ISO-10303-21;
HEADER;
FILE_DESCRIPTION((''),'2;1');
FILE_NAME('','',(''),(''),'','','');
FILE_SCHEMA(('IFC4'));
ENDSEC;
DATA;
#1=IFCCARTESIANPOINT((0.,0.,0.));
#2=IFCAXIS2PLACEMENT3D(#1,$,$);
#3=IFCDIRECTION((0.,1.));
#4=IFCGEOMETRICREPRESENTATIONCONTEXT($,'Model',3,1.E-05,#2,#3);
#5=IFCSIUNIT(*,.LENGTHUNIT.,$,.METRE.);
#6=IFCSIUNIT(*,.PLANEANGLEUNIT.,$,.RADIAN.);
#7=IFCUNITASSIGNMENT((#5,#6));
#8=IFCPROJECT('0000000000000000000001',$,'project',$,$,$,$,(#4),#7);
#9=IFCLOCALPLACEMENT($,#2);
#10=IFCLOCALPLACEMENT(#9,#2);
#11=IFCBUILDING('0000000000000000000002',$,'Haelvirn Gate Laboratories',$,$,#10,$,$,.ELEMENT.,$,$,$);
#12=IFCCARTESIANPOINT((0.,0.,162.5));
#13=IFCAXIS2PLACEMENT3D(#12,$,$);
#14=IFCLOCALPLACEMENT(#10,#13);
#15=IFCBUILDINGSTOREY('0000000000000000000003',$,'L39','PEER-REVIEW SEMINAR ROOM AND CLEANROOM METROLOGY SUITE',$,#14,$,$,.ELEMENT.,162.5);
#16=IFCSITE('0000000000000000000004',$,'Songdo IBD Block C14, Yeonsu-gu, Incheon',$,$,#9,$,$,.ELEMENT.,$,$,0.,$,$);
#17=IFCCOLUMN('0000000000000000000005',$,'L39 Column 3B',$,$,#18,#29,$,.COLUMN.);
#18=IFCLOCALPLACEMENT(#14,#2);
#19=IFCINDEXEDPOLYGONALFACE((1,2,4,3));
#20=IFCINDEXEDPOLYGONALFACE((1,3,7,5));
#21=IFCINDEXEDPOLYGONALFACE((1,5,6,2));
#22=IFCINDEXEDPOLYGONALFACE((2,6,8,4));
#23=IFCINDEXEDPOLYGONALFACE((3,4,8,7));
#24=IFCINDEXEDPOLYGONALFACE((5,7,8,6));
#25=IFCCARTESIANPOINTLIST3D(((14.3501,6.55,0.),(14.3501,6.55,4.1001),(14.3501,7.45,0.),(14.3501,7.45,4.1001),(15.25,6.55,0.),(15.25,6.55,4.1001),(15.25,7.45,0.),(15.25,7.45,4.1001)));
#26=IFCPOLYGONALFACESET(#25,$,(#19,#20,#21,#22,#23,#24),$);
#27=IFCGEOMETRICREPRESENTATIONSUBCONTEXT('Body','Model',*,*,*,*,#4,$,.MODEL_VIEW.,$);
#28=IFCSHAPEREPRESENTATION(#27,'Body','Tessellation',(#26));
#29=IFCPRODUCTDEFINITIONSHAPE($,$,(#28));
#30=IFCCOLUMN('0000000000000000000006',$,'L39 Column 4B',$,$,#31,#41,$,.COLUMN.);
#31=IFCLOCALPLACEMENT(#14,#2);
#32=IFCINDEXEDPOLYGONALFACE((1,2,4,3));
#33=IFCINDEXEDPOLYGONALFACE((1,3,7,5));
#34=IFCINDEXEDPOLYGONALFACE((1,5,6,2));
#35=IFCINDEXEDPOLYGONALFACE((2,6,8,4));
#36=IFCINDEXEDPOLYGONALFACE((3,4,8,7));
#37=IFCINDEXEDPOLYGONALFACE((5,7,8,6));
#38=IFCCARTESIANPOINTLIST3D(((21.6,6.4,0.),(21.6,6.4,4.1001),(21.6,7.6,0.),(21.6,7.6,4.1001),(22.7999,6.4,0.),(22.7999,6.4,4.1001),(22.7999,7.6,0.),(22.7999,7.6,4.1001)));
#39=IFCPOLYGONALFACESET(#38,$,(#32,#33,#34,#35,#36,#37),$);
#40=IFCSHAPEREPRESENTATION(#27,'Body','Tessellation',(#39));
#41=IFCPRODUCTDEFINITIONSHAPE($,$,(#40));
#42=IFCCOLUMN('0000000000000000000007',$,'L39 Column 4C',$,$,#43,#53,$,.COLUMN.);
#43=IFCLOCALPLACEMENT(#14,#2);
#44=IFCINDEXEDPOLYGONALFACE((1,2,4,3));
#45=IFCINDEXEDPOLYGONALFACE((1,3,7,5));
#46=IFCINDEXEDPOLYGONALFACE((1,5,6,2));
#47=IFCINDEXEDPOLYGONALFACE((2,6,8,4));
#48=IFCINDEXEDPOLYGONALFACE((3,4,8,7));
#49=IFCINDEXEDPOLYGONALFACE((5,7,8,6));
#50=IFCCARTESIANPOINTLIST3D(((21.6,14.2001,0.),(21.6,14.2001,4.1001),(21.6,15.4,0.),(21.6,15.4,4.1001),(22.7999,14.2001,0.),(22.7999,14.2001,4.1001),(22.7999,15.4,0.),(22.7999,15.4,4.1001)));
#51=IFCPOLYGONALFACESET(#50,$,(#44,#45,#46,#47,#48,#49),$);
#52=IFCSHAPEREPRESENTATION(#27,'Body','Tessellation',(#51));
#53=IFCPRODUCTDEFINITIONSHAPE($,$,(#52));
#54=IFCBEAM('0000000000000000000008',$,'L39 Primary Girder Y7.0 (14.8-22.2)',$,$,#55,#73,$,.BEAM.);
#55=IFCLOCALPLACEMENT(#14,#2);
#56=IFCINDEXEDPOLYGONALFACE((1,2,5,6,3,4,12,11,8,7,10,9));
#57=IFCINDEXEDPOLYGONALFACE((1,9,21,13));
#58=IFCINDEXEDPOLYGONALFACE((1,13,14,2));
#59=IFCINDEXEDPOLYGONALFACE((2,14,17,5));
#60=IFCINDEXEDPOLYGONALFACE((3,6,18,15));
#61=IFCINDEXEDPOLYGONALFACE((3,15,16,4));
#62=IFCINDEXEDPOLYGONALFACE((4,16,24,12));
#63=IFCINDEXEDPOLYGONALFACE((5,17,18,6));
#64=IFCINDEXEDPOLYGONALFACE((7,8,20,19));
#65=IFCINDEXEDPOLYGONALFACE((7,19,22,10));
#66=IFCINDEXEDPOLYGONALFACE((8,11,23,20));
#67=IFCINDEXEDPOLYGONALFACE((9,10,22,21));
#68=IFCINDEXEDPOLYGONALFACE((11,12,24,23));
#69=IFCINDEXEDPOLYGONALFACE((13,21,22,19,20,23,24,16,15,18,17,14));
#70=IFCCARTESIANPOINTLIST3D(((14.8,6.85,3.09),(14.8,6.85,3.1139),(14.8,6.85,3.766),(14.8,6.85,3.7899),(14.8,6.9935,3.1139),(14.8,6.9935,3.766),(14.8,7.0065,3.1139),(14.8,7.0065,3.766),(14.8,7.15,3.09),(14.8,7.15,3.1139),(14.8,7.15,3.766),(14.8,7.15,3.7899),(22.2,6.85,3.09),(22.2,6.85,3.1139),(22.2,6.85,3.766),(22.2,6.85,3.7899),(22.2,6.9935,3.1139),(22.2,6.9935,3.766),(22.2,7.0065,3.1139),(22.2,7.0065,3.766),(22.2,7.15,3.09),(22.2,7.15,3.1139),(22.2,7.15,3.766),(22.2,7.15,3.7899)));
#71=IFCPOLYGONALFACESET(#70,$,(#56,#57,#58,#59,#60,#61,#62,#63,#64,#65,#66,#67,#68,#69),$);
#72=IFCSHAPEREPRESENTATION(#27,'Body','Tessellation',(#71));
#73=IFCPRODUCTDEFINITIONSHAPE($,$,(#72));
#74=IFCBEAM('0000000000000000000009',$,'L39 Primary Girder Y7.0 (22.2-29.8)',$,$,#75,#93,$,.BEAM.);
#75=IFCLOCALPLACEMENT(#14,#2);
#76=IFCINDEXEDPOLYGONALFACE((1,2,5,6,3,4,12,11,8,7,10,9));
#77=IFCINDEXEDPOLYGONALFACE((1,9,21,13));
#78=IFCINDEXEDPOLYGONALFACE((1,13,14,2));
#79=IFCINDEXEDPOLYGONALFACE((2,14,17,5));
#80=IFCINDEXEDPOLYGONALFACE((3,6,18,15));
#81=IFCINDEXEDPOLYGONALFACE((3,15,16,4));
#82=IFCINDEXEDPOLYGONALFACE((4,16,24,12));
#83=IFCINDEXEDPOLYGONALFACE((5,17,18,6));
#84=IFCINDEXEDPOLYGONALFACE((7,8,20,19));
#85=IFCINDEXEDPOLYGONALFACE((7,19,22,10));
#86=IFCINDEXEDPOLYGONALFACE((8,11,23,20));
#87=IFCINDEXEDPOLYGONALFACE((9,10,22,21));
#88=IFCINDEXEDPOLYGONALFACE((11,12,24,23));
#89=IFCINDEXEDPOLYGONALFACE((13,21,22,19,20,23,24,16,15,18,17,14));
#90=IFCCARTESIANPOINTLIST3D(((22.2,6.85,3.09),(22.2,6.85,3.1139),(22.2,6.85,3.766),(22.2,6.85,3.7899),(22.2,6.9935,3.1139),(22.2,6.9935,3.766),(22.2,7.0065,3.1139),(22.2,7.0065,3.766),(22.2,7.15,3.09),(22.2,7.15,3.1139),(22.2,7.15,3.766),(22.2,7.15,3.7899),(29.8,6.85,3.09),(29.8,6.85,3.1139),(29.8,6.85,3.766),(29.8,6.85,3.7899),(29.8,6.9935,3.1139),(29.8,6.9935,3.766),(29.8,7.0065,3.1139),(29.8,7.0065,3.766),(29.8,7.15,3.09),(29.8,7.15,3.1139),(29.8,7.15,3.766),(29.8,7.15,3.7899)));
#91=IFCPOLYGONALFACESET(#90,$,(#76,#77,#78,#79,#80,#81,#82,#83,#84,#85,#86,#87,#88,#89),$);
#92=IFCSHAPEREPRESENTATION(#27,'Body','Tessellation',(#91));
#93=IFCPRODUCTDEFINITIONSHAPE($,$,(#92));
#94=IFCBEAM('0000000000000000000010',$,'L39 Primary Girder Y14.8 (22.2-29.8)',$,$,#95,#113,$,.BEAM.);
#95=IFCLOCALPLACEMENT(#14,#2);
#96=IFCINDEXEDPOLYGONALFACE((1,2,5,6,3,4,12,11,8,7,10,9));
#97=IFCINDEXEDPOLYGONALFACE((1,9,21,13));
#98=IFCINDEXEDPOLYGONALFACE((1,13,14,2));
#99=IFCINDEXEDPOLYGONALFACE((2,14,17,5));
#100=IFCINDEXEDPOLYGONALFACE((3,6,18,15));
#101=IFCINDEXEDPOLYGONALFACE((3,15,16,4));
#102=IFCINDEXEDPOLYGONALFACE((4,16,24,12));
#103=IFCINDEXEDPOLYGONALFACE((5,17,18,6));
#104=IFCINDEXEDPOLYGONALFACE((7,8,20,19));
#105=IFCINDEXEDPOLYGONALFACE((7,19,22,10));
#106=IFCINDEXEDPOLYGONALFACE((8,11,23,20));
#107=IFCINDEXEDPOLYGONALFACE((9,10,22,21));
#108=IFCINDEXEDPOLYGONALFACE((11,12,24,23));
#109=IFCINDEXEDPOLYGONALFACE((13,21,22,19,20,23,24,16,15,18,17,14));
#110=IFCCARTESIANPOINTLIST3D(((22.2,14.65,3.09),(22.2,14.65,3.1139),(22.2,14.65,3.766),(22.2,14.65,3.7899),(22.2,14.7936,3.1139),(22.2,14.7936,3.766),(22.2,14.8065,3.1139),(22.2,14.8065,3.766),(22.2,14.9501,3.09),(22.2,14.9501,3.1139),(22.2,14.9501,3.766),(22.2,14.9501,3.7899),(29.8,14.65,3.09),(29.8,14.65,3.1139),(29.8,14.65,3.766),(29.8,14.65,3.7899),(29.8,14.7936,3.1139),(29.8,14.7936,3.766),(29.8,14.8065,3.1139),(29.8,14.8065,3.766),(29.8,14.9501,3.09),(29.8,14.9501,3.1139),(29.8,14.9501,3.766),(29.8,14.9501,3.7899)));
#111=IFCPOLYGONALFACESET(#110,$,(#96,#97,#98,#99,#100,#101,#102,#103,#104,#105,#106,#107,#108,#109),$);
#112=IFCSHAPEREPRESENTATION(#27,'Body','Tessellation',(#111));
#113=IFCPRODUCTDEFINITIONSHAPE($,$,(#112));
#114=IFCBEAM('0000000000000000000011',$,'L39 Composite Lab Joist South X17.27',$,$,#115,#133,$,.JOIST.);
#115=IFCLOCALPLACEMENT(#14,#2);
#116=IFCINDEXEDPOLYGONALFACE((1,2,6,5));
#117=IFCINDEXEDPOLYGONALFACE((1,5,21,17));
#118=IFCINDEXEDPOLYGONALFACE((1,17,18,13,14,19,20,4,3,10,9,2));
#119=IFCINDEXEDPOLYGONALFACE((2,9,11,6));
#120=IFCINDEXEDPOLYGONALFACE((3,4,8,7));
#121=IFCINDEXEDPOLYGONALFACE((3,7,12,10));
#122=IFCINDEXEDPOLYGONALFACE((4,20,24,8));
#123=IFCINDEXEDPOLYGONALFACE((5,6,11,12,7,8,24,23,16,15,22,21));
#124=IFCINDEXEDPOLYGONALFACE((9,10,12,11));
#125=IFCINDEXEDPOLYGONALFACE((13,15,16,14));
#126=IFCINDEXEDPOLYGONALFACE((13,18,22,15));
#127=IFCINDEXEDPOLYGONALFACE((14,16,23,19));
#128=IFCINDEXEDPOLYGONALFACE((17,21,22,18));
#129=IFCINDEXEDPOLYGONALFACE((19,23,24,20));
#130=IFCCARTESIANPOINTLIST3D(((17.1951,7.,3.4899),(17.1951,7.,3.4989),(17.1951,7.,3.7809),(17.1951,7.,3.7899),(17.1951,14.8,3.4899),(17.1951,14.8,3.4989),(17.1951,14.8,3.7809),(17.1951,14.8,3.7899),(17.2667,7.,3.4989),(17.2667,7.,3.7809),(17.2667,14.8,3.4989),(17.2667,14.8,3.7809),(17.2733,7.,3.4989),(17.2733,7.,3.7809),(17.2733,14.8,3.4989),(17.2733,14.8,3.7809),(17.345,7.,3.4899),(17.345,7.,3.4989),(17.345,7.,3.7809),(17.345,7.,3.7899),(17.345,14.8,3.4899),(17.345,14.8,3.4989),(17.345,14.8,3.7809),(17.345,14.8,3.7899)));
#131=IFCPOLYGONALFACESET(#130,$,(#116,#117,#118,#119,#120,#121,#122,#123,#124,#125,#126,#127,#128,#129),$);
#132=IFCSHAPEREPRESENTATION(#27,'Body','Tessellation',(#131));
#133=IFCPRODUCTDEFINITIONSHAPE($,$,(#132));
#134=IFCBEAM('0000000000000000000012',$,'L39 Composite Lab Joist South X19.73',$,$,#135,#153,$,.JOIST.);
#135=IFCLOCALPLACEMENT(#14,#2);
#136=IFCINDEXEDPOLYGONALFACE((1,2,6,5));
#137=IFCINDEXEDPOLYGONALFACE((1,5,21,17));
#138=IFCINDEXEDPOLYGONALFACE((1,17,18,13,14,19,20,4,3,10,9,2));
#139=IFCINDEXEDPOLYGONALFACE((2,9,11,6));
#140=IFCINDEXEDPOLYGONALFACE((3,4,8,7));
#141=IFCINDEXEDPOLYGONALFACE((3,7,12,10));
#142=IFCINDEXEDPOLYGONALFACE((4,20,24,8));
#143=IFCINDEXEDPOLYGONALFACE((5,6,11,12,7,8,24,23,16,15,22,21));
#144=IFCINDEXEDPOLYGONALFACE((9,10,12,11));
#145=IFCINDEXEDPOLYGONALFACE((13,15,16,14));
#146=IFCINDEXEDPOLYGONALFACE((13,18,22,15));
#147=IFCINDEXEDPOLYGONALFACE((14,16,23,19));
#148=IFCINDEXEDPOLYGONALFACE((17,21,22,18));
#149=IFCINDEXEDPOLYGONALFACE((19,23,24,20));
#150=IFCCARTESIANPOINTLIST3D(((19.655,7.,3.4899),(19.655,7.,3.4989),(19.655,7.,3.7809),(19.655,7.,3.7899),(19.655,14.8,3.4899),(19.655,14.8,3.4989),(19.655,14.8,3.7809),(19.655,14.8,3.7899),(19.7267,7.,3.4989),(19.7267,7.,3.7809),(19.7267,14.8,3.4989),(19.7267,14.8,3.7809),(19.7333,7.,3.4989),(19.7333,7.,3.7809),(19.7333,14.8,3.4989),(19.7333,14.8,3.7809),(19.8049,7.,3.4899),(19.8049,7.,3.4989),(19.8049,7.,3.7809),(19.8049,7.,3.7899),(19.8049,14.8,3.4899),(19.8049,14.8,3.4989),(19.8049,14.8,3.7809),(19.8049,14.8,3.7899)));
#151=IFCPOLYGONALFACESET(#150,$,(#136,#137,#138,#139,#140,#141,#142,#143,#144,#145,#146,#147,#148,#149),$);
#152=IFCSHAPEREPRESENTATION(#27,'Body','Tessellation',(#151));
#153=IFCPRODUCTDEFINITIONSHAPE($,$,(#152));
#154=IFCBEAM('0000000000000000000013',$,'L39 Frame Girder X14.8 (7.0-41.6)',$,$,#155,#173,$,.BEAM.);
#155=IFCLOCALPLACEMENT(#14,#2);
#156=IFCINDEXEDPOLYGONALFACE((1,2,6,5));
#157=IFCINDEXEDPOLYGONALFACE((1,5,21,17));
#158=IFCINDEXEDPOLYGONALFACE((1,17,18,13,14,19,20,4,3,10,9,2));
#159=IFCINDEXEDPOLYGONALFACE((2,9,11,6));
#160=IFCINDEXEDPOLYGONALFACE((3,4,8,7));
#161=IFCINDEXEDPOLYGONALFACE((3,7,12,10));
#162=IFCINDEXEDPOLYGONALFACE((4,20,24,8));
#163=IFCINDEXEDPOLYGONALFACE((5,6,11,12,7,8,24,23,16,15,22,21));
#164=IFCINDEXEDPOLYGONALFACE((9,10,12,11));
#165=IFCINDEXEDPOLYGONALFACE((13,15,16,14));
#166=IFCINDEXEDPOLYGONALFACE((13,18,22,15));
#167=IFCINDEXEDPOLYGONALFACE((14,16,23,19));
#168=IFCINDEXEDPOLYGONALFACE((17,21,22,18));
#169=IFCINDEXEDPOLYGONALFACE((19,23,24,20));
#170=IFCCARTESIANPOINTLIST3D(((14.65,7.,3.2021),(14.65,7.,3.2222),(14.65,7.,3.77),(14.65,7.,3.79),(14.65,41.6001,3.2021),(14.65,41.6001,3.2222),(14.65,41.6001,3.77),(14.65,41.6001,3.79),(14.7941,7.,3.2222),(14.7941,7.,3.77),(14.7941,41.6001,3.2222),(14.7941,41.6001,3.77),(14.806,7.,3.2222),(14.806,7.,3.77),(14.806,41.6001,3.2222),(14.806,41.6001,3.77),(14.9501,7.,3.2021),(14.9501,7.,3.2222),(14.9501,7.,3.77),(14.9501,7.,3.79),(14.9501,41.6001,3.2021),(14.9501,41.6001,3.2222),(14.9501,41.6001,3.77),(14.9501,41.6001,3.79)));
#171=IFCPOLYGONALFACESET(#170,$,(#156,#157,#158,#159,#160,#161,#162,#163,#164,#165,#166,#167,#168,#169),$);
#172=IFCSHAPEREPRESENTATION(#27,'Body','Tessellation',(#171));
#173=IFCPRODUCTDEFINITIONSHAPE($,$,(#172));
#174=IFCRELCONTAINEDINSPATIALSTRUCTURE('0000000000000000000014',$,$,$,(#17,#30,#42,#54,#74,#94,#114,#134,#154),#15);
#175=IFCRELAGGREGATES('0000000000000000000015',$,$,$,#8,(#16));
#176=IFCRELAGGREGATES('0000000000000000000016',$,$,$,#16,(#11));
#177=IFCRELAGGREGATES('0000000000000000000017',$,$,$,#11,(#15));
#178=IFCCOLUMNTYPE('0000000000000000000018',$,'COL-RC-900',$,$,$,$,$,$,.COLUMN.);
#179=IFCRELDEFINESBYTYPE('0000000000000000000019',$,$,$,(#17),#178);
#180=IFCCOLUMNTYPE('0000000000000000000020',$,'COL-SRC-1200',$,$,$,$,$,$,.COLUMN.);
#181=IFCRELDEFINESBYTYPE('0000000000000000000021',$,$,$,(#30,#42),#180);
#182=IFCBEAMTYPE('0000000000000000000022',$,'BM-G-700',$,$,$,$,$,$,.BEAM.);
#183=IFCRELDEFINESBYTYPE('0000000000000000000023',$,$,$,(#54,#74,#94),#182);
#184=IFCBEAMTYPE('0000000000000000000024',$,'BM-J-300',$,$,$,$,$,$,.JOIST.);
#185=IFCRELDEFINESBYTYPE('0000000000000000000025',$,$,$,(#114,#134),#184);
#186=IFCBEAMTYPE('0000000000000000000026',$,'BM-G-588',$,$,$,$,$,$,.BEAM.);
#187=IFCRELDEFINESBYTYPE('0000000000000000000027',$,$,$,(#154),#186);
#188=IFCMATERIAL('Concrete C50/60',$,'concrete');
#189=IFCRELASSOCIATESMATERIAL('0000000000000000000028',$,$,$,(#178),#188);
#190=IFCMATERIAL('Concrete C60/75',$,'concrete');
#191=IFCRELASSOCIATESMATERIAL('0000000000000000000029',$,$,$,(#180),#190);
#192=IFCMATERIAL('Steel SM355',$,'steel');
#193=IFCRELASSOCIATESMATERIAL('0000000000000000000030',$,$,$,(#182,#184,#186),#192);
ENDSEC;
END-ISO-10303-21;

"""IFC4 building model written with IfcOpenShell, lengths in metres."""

from ifc_helpers import new_model, si_unit, direction, frame, origin, origin_2d, place, context, subcontext, project, spatial, rectangle, i_section, extrude, source, transform, mapped, material, material_profile, profile_set, type_object, type_shapes, element, save


model = new_model("IFC4")

# Units and contexts
model_context = context("Model", 3, precision=1e-05, world=origin(), true_north=direction((0.0, 1.0)))
body_context = subcontext(model_context, "Body", "Model", "MODEL_VIEW")
ifc_project = project(units=[si_unit("LENGTHUNIT", "METRE"), si_unit("PLANEANGLEUNIT", "RADIAN")], contexts=[model_context])

# Site, building, storey
site_placement = place(None, origin())
site = spatial("IfcSite", under=ifc_project, at=site_placement, Name="Songdo IBD Block C14, Yeonsu-gu, Incheon", CompositionType="ELEMENT", RefElevation=0.0)
building_placement = place(site_placement, origin())
building = spatial("IfcBuilding", under=site, at=building_placement, Name="Haelvirn Gate Laboratories", CompositionType="ELEMENT")
storey_placement = place(building_placement, frame((0.0, 0.0, 162.5)))
storey = spatial("IfcBuildingStorey", under=building, at=storey_placement, Name="L39", Description="PEER-REVIEW SEMINAR ROOM AND CLEANROOM METROLOGY SUITE", CompositionType="ELEMENT", Elevation=162.5)

# Columns
ifc_material_1 = material(Name="Concrete C50/60", Category="concrete")
ifc_material_profile_1 = material_profile(ifc_material_1, rectangle(XDim=0.8999, YDim=0.8999, at=origin_2d()), Name="RC-900x900")
ifc_profile_set_1 = profile_set([ifc_material_profile_1], Name="Concrete C50/60")
column_type_1 = type_object("IfcColumnType", Name="COL-RC-900", PredefinedType="COLUMN", material=ifc_profile_set_1)
shared_shape_1 = source(origin(), body_context, "Body", "SweptSolid", [
    extrude(rectangle(XDim=0.8999, YDim=0.8999, at=origin_2d()), origin(), (0.0, 0.0, 1.0), 4.1001),
])
type_shapes(column_type_1, [shared_shape_1])
column_placement = place(storey_placement, frame((14.8, 7.0, 0.0), z_axis=(0.0, 0.0, 1.0), x_axis=(1.0, 0.0, 0.0)))
element("IfcColumn", 1, at=column_placement, inside=storey, type_object=column_type_1, Name="L39 Column 3B", PredefinedType="COLUMN", context=body_context, shape_type="MappedRepresentation", body=[
    mapped(shared_shape_1, transform((0.0, 0.0, 0.0), scale=1.0)),
])
ifc_material_2 = material(Name="Concrete C60/75", Category="concrete")
ifc_material_profile_2 = material_profile(ifc_material_2, rectangle(XDim=1.2, YDim=1.2, at=origin_2d()), Name="SRC-1200x1200")
ifc_profile_set_2 = profile_set([ifc_material_profile_2], Name="Concrete C60/75")
column_type_2 = type_object("IfcColumnType", Name="COL-SRC-1200", PredefinedType="COLUMN", material=ifc_profile_set_2)
shared_shape_2 = source(origin(), body_context, "Body", "SweptSolid", [
    extrude(rectangle(XDim=1.2, YDim=1.2, at=origin_2d()), origin(), (0.0, 0.0, 1.0), 4.1001),
])
type_shapes(column_type_2, [shared_shape_2])
for number, where, z_axis, x_axis, name in (
    (2, (22.2, 7.0, 0.0), (0.0, 0.0, 1.0), (1.0, 0.0, 0.0), "L39 Column 4B"),
    (3, (22.2, 14.8, 0.0), (0.0, 0.0, 1.0), (1.0, 0.0, 0.0), "L39 Column 4C"),
):
    element("IfcColumn", number, at=place(storey_placement, frame(where, z_axis=z_axis, x_axis=x_axis)), inside=storey, type_object=column_type_2, Name=name, PredefinedType="COLUMN", context=body_context, shape_type="MappedRepresentation", body=[
        mapped(shared_shape_2, transform((0.0, 0.0, 0.0), scale=1.0)),
    ])

# Beams
ifc_material_3 = material(Name="Steel SM355", Category="steel")
ifc_material_profile_3 = material_profile(ifc_material_3, i_section(OverallWidth=0.3, OverallDepth=0.7, WebThickness=0.0129, FlangeThickness=0.0239, at=origin_2d()), Name="H-700x300x13x24")
ifc_profile_set_3 = profile_set([ifc_material_profile_3], Name="Steel SM355")
beam_type_1 = type_object("IfcBeamType", Name="BM-G-700", PredefinedType="BEAM", material=ifc_profile_set_3)
shared_shape_3 = source(origin(), body_context, "Body", "SweptSolid", [
    extrude(i_section(OverallWidth=0.3, OverallDepth=0.7, WebThickness=0.0129, FlangeThickness=0.0239, at=origin_2d()), origin(), (0.0, 0.0, 1.0), 7.3999),
])
beam_1_placement = place(storey_placement, frame((14.8, 7.0, 3.4399), z_axis=(1.0, 0.0, 0.0), x_axis=(0.0, 1.0, 0.0)))
element("IfcBeam", 4, at=beam_1_placement, inside=storey, type_object=beam_type_1, Name="L39 Primary Girder Y7.0 (14.8-22.2)", PredefinedType="BEAM", context=body_context, shape_type="MappedRepresentation", body=[
    mapped(shared_shape_3, transform((0.0, 0.0, 0.0), scale=1.0)),
])
shared_shape_4 = source(origin(), body_context, "Body", "SweptSolid", [
    extrude(i_section(OverallWidth=0.3, OverallDepth=0.7, WebThickness=0.0129, FlangeThickness=0.0239, at=origin_2d()), origin(), (0.0, 0.0, 1.0), 7.6001),
])
type_shapes(beam_type_1, [shared_shape_3, shared_shape_4])
for number, where, z_axis, x_axis, name in (
    (5, (22.2, 7.0, 3.4399), (1.0, 0.0, 0.0), (0.0, 1.0, 0.0), "L39 Primary Girder Y7.0 (22.2-29.8)"),
    (6, (22.2, 14.8, 3.4399), (1.0, 0.0, 0.0), (0.0, 1.0, 0.0), "L39 Primary Girder Y14.8 (22.2-29.8)"),
):
    element("IfcBeam", number, at=place(storey_placement, frame(where, z_axis=z_axis, x_axis=x_axis)), inside=storey, type_object=beam_type_1, Name=name, PredefinedType="BEAM", context=body_context, shape_type="MappedRepresentation", body=[
        mapped(shared_shape_4, transform((0.0, 0.0, 0.0), scale=1.0)),
    ])
ifc_material_profile_4 = material_profile(ifc_material_3, i_section(OverallWidth=0.1499, OverallDepth=0.3, WebThickness=0.0066, FlangeThickness=0.009, at=origin_2d()), Name="H-300x150x6.5x9")
ifc_profile_set_4 = profile_set([ifc_material_profile_4], Name="Steel SM355")
beam_type_2 = type_object("IfcBeamType", Name="BM-J-300", PredefinedType="JOIST", material=ifc_profile_set_4)
shared_shape_5 = source(origin(), body_context, "Body", "SweptSolid", [
    extrude(i_section(OverallWidth=0.1499, OverallDepth=0.3, WebThickness=0.0066, FlangeThickness=0.009, at=origin_2d()), origin(), (0.0, 0.0, 1.0), 7.8),
])
type_shapes(beam_type_2, [shared_shape_5])
for number, where, z_axis, x_axis, name in (
    (7, (17.27, 7.0, 3.6399), (0.0, 1.0, 0.0), (-1.0, 0.0, 0.0), "L39 Composite Lab Joist South X17.27"),
    (8, (19.73, 7.0, 3.6399), (0.0, 1.0, 0.0), (-1.0, 0.0, 0.0), "L39 Composite Lab Joist South X19.73"),
):
    element("IfcBeam", number, at=place(storey_placement, frame(where, z_axis=z_axis, x_axis=x_axis)), inside=storey, type_object=beam_type_2, Name=name, PredefinedType="JOIST", context=body_context, shape_type="MappedRepresentation", body=[
        mapped(shared_shape_5, transform((0.0, 0.0, 0.0), scale=1.0)),
    ])
ifc_material_profile_5 = material_profile(ifc_material_3, i_section(OverallWidth=0.3, OverallDepth=0.5879, WebThickness=0.012, FlangeThickness=0.02, at=origin_2d()), Name="H-588x300x12x20")
ifc_profile_set_5 = profile_set([ifc_material_profile_5], Name="Steel SM355")
beam_type_3 = type_object("IfcBeamType", Name="BM-G-588", PredefinedType="BEAM", material=ifc_profile_set_5)
shared_shape_6 = source(origin(), body_context, "Body", "SweptSolid", [
    extrude(i_section(OverallWidth=0.3, OverallDepth=0.5879, WebThickness=0.012, FlangeThickness=0.02, at=origin_2d()), origin(), (0.0, 0.0, 1.0), 34.6001),
])
beam_2_placement = place(storey_placement, frame((14.8, 7.0, 3.4961), z_axis=(0.0, 1.0, 0.0), x_axis=(-1.0, 0.0, 0.0)))
element("IfcBeam", 9, at=beam_2_placement, inside=storey, type_object=beam_type_3, Name="L39 Frame Girder X14.8 (7.0-41.6)", PredefinedType="BEAM", context=body_context, shape_type="MappedRepresentation", body=[
    mapped(shared_shape_6, transform((0.0, 0.0, 0.0), scale=1.0)),
])

save(model, "model.ifc")
